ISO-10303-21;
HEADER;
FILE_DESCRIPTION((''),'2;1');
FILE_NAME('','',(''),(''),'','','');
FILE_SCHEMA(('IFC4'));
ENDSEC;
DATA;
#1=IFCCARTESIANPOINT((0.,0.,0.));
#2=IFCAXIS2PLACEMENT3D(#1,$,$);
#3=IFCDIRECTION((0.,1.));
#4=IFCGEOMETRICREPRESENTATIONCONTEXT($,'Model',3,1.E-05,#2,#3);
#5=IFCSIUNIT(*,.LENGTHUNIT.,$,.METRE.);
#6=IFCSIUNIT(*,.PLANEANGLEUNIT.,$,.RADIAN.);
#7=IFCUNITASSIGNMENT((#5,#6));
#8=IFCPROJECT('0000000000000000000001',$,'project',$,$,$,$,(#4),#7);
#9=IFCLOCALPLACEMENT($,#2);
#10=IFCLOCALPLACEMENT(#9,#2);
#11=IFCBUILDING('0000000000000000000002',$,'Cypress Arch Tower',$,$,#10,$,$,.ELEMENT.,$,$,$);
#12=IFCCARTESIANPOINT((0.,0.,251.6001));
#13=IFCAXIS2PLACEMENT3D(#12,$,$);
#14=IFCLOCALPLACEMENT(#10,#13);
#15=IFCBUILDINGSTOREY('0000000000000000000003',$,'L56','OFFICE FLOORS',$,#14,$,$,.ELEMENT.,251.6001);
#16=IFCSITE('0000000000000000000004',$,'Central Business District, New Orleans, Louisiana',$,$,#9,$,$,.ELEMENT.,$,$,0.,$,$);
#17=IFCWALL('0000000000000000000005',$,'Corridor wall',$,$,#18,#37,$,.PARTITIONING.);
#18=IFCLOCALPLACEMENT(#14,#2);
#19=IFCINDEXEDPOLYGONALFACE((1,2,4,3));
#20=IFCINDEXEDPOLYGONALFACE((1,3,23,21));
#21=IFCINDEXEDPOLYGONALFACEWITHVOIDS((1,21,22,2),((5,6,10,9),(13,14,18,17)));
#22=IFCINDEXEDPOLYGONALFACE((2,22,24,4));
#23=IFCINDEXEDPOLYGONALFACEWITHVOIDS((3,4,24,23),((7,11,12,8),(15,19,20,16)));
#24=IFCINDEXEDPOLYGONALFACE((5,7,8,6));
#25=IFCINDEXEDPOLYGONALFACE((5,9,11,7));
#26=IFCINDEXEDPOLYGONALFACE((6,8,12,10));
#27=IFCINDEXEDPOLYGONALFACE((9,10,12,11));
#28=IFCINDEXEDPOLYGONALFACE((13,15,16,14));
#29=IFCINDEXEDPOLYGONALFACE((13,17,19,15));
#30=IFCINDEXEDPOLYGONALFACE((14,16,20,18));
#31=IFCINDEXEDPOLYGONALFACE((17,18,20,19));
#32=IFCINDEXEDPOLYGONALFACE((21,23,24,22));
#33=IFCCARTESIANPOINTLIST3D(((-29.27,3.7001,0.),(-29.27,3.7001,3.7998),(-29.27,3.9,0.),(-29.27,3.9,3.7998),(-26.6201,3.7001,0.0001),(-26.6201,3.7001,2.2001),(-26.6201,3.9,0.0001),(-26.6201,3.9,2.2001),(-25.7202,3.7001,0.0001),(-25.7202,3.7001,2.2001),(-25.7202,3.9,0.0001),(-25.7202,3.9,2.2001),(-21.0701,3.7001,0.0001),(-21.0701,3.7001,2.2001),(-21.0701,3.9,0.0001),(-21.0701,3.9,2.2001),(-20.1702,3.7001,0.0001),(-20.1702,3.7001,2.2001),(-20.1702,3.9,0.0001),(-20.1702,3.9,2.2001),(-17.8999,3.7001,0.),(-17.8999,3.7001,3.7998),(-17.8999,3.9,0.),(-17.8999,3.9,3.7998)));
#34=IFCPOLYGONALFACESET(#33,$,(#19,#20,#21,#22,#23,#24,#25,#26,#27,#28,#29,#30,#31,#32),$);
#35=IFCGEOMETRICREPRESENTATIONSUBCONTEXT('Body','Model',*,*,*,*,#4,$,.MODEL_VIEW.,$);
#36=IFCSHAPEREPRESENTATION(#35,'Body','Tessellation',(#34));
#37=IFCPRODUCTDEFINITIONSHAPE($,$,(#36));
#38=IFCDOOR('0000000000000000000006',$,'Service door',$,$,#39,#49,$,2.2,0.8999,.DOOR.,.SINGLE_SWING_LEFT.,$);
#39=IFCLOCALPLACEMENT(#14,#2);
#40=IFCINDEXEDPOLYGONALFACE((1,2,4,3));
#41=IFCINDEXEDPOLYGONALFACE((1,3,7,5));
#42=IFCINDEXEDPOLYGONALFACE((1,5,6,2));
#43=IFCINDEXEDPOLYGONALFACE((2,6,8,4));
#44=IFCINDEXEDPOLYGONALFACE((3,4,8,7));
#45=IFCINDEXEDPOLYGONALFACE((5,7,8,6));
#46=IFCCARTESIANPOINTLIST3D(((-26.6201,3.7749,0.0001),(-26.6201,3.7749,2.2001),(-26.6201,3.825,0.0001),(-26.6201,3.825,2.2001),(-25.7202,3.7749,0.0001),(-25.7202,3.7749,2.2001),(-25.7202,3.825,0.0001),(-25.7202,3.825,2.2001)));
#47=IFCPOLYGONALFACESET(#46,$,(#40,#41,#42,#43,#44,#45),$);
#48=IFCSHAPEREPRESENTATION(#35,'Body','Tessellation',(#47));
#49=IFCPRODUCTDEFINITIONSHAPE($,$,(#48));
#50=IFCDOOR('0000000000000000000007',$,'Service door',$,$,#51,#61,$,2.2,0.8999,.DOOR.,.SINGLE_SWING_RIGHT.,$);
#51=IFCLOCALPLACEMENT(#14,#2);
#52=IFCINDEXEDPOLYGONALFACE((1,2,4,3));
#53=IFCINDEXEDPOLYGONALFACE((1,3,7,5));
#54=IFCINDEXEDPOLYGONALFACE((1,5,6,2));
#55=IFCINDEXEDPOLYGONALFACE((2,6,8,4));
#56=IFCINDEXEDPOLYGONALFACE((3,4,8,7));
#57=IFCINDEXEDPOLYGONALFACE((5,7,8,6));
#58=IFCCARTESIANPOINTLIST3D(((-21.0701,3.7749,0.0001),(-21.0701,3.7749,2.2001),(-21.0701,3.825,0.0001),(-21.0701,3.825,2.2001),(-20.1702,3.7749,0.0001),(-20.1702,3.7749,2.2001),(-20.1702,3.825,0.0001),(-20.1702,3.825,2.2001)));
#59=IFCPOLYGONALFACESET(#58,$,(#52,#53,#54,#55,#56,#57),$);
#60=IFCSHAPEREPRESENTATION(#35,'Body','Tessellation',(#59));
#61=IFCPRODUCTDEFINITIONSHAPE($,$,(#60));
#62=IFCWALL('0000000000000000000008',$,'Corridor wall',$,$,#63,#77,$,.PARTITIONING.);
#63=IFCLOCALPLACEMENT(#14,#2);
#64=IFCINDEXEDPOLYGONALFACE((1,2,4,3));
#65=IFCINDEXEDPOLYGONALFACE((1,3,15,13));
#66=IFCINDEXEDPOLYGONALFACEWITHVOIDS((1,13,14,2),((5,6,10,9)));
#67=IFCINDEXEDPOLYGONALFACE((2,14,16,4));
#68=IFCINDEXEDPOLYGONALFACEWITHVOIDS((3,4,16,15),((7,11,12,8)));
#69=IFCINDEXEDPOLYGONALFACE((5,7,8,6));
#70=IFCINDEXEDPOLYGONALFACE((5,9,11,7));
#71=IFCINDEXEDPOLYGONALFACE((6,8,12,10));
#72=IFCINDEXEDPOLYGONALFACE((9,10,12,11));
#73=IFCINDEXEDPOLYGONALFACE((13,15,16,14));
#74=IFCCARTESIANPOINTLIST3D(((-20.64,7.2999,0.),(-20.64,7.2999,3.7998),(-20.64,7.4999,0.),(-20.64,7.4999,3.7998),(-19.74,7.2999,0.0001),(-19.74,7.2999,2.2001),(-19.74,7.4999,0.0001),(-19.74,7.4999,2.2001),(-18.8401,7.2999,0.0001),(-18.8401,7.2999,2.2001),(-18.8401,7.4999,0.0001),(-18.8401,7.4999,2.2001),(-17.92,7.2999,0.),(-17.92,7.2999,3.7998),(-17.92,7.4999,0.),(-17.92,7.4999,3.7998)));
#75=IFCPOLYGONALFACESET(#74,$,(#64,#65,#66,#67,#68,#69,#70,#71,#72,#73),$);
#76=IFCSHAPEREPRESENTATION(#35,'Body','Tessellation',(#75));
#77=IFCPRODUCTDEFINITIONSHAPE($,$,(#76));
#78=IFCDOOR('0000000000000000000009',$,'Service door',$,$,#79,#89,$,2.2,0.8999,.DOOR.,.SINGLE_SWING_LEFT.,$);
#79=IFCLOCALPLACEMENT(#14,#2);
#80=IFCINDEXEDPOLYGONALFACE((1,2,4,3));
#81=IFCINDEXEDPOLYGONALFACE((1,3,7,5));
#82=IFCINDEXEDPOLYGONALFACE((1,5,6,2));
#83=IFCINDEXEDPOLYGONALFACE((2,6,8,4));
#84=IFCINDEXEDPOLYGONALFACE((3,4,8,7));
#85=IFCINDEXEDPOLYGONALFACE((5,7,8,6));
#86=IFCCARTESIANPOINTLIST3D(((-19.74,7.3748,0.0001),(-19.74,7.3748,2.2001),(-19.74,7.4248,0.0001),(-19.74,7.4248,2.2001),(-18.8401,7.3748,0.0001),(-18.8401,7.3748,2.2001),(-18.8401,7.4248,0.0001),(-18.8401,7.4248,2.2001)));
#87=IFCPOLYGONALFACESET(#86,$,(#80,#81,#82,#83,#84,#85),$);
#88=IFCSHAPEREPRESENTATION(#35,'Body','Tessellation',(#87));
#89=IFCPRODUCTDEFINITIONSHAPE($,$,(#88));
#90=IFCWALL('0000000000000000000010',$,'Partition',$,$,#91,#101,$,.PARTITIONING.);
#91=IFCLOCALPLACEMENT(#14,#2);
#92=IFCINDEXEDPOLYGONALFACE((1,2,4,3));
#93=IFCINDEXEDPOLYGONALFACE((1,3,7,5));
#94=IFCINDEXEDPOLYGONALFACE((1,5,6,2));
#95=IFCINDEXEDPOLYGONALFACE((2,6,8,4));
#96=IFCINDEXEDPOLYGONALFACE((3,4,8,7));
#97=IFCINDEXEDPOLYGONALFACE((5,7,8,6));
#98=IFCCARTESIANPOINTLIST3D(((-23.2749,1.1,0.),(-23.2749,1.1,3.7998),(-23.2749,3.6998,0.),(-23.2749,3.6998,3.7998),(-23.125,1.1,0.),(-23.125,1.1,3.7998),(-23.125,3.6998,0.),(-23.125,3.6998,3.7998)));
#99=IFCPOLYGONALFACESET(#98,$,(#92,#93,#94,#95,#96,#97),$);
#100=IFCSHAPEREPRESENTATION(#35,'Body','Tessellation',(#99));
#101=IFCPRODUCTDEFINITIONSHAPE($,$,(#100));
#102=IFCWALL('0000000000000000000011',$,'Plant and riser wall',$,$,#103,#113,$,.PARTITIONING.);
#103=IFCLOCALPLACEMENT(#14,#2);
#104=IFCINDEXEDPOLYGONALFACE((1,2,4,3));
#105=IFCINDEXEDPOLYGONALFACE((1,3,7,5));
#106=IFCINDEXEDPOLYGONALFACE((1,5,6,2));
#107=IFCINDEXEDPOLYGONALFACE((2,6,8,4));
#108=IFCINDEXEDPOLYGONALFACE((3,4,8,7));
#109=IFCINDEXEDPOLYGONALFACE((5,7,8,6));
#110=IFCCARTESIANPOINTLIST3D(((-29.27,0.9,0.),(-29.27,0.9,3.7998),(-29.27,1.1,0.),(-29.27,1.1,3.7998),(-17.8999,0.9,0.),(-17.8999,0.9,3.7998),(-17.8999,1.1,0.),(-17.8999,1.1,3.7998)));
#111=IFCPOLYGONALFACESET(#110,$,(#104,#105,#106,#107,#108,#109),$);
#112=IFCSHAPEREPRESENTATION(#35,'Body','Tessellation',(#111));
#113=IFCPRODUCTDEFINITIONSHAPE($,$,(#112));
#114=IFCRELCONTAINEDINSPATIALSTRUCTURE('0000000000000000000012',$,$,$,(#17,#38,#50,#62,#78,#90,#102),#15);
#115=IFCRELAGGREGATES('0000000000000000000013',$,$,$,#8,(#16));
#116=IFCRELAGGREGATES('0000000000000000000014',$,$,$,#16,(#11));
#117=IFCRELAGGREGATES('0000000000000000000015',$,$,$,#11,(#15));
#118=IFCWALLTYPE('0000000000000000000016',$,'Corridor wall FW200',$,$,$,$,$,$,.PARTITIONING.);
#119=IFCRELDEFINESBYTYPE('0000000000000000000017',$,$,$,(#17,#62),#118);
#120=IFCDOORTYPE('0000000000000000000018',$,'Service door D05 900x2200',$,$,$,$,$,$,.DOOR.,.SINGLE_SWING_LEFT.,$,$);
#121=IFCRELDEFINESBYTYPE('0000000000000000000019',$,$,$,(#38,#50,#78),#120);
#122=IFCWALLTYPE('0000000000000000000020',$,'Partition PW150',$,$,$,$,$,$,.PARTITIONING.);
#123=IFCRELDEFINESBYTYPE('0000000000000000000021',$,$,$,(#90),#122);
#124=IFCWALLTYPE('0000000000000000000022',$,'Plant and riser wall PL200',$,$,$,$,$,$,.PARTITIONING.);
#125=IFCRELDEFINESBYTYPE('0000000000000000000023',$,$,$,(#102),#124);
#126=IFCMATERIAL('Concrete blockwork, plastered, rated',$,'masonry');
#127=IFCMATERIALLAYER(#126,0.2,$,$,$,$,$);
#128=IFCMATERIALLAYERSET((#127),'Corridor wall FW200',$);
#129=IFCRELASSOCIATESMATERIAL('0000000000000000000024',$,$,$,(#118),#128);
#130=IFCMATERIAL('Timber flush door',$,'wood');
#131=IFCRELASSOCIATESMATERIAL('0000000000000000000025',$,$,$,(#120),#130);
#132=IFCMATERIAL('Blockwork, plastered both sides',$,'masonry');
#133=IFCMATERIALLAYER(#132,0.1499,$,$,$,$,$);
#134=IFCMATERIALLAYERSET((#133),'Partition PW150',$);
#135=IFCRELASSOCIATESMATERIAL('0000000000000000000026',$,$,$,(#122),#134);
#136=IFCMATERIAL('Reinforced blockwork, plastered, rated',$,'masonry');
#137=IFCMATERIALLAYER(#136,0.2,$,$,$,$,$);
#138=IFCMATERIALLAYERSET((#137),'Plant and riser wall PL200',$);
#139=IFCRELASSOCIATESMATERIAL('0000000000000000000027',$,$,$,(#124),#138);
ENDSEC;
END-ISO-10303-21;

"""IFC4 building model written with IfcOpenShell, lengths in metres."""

from ifc_helpers import new_model, si_unit, direction, frame, frame_2d, origin, place, context, subcontext, project, spatial, rectangle, extrude, material, layer, layer_set, type_object, element, fill, save


model = new_model("IFC4")

# Units and contexts
model_context = context("Model", 3, precision=1e-05, world=origin(), true_north=direction((0.0, 1.0)))
body_context = subcontext(model_context, "Body", "Model", "MODEL_VIEW")
ifc_project = project(units=[si_unit("LENGTHUNIT", "METRE"), si_unit("PLANEANGLEUNIT", "RADIAN")], contexts=[model_context])

# Site, building, storey
site_placement = place(None, origin())
site = spatial("IfcSite", under=ifc_project, at=site_placement, Name="Central Business District, New Orleans, Louisiana", CompositionType="ELEMENT", RefElevation=0.0)
building_placement = place(site_placement, origin())
building = spatial("IfcBuilding", under=site, at=building_placement, Name="Cypress Arch Tower", CompositionType="ELEMENT")
storey_placement = place(building_placement, frame((0.0, 0.0, 251.6001)))
storey = spatial("IfcBuildingStorey", under=building, at=storey_placement, Name="L56", Description="OFFICE FLOORS", CompositionType="ELEMENT", Elevation=251.6001)

# Wall, openings, doors
ifc_material_1 = material(Name="Concrete blockwork, plastered, rated", Category="masonry")
ifc_layer_1 = layer(ifc_material_1, 0.2)
ifc_layer_set_1 = layer_set([ifc_layer_1], Name="Corridor wall FW200")
wall_type_1 = type_object("IfcWallType", Name="Corridor wall FW200", PredefinedType="PARTITIONING", material=ifc_layer_set_1)
wall_1_placement = place(storey_placement, frame((-29.27, 3.8, 0.0), z_axis=(0.0, 0.0, 1.0), x_axis=(1.0, 0.0, 0.0)))
wall_1 = element("IfcWall", 1, at=wall_1_placement, inside=storey, type_object=wall_type_1, Name="Corridor wall", PredefinedType="PARTITIONING", context=body_context, shape_type="SweptSolid", body=[
    extrude(rectangle(XDim=11.3701, YDim=0.2, at=frame_2d((5.6851, 0.0))), origin(), (0.0, 0.0, 1.0), 3.7998),
])
opening_1_placement = place(wall_1_placement, frame((2.6499, 0.0, 0.0)))
opening_1 = element("IfcOpeningElement", 2, at=opening_1_placement, cuts=wall_1, PredefinedType="OPENING", context=body_context, shape_type="SweptSolid", body=[
    extrude(rectangle(XDim=0.8999, YDim=2.2, at=frame_2d((0.45, 1.1001))), frame((0.0, 0.1099, 0.0), z_axis=(0.0, -1.0, 0.0), x_axis=(1.0, 0.0, 0.0)), (0.0, 0.0, 1.0), 0.22),
])
opening_2_placement = place(wall_1_placement, frame((8.2, 0.0, 0.0)))
opening_2 = element("IfcOpeningElement", 3, at=opening_2_placement, cuts=wall_1, PredefinedType="OPENING", context=body_context, shape_type="SweptSolid", body=[
    extrude(rectangle(XDim=0.8999, YDim=2.2, at=frame_2d((0.45, 1.1001))), frame((0.0, 0.1099, 0.0), z_axis=(0.0, -1.0, 0.0), x_axis=(1.0, 0.0, 0.0)), (0.0, 0.0, 1.0), 0.22),
])
ifc_material_2 = material(Name="Timber flush door", Category="wood")
door_type_1 = type_object("IfcDoorType", Name="Service door D05 900x2200", OperationType="SINGLE_SWING_LEFT", PredefinedType="DOOR", material=ifc_material_2)
door_1_placement = place(opening_1_placement, origin())
door_1 = element("IfcDoor", 4, at=door_1_placement, inside=storey, type_object=door_type_1, Name="Service door", OperationType="SINGLE_SWING_LEFT", OverallHeight=2.2, OverallWidth=0.8999, PredefinedType="DOOR", context=body_context, shape_type="SweptSolid", body=[
    extrude(rectangle(XDim=0.8999, YDim=2.2, at=frame_2d((0.45, 1.1001))), frame((0.0, 0.0249, 0.0), z_axis=(0.0, -1.0, 0.0), x_axis=(1.0, 0.0, 0.0)), (0.0, 0.0, 1.0), 0.05),
])
fill(opening_1, door_1)
door_2_placement = place(opening_2_placement, origin())
door_2 = element("IfcDoor", 5, at=door_2_placement, inside=storey, type_object=door_type_1, Name="Service door", OperationType="SINGLE_SWING_RIGHT", OverallHeight=2.2, OverallWidth=0.8999, PredefinedType="DOOR", context=body_context, shape_type="SweptSolid", body=[
    extrude(rectangle(XDim=0.8999, YDim=2.2, at=frame_2d((0.45, 1.1001))), frame((0.0, 0.0249, 0.0), z_axis=(0.0, -1.0, 0.0), x_axis=(1.0, 0.0, 0.0)), (0.0, 0.0, 1.0), 0.05),
])
fill(opening_2, door_2)

# Wall, opening, door
wall_2_placement = place(storey_placement, frame((-20.6399, 7.3999, 0.0), z_axis=(0.0, 0.0, 1.0), x_axis=(1.0, 0.0, 0.0)))
wall_2 = element("IfcWall", 6, at=wall_2_placement, inside=storey, type_object=wall_type_1, Name="Corridor wall", PredefinedType="PARTITIONING", context=body_context, shape_type="SweptSolid", body=[
    extrude(rectangle(XDim=2.72, YDim=0.2, at=frame_2d((1.3599, 0.0))), origin(), (0.0, 0.0, 1.0), 3.7998),
])
opening_3_placement = place(wall_2_placement, frame((0.8999, 0.0, 0.0)))
opening_3 = element("IfcOpeningElement", 7, at=opening_3_placement, cuts=wall_2, PredefinedType="OPENING", context=body_context, shape_type="SweptSolid", body=[
    extrude(rectangle(XDim=0.8999, YDim=2.2, at=frame_2d((0.45, 1.1001))), frame((0.0, 0.1099, 0.0), z_axis=(0.0, -1.0, 0.0), x_axis=(1.0, 0.0, 0.0)), (0.0, 0.0, 1.0), 0.22),
])
door_3_placement = place(opening_3_placement, origin())
door_3 = element("IfcDoor", 8, at=door_3_placement, inside=storey, type_object=door_type_1, Name="Service door", OperationType="SINGLE_SWING_LEFT", OverallHeight=2.2, OverallWidth=0.8999, PredefinedType="DOOR", context=body_context, shape_type="SweptSolid", body=[
    extrude(rectangle(XDim=0.8999, YDim=2.2, at=frame_2d((0.45, 1.1001))), frame((0.0, 0.0249, 0.0), z_axis=(0.0, -1.0, 0.0), x_axis=(1.0, 0.0, 0.0)), (0.0, 0.0, 1.0), 0.05),
])
fill(opening_3, door_3)

# Walls
ifc_material_3 = material(Name="Blockwork, plastered both sides", Category="masonry")
ifc_layer_2 = layer(ifc_material_3, 0.1499)
ifc_layer_set_2 = layer_set([ifc_layer_2], Name="Partition PW150")
wall_type_2 = type_object("IfcWallType", Name="Partition PW150", PredefinedType="PARTITIONING", material=ifc_layer_set_2)
wall_3_placement = place(storey_placement, frame((-23.2, 1.1001, 0.0), z_axis=(0.0, 0.0, 1.0), x_axis=(0.0, 1.0, 0.0)))
element("IfcWall", 9, at=wall_3_placement, inside=storey, type_object=wall_type_2, Name="Partition", PredefinedType="PARTITIONING", context=body_context, shape_type="SweptSolid", body=[
    extrude(rectangle(XDim=2.5999, YDim=0.1499, at=frame_2d((1.2998, 0.0))), origin(), (0.0, 0.0, 1.0), 3.7998),
])
ifc_material_4 = material(Name="Reinforced blockwork, plastered, rated", Category="masonry")
ifc_layer_3 = layer(ifc_material_4, 0.2)
ifc_layer_set_3 = layer_set([ifc_layer_3], Name="Plant and riser wall PL200")
wall_type_3 = type_object("IfcWallType", Name="Plant and riser wall PL200", PredefinedType="PARTITIONING", material=ifc_layer_set_3)
wall_4_placement = place(storey_placement, frame((-29.27, 1.0, 0.0), z_axis=(0.0, 0.0, 1.0), x_axis=(1.0, 0.0, 0.0)))
element("IfcWall", 10, at=wall_4_placement, inside=storey, type_object=wall_type_3, Name="Plant and riser wall", PredefinedType="PARTITIONING", context=body_context, shape_type="SweptSolid", body=[
    extrude(rectangle(XDim=11.3701, YDim=0.2, at=frame_2d((5.6851, 0.0))), origin(), (0.0, 0.0, 1.0), 3.7998),
])

save(model, "model.ifc")
